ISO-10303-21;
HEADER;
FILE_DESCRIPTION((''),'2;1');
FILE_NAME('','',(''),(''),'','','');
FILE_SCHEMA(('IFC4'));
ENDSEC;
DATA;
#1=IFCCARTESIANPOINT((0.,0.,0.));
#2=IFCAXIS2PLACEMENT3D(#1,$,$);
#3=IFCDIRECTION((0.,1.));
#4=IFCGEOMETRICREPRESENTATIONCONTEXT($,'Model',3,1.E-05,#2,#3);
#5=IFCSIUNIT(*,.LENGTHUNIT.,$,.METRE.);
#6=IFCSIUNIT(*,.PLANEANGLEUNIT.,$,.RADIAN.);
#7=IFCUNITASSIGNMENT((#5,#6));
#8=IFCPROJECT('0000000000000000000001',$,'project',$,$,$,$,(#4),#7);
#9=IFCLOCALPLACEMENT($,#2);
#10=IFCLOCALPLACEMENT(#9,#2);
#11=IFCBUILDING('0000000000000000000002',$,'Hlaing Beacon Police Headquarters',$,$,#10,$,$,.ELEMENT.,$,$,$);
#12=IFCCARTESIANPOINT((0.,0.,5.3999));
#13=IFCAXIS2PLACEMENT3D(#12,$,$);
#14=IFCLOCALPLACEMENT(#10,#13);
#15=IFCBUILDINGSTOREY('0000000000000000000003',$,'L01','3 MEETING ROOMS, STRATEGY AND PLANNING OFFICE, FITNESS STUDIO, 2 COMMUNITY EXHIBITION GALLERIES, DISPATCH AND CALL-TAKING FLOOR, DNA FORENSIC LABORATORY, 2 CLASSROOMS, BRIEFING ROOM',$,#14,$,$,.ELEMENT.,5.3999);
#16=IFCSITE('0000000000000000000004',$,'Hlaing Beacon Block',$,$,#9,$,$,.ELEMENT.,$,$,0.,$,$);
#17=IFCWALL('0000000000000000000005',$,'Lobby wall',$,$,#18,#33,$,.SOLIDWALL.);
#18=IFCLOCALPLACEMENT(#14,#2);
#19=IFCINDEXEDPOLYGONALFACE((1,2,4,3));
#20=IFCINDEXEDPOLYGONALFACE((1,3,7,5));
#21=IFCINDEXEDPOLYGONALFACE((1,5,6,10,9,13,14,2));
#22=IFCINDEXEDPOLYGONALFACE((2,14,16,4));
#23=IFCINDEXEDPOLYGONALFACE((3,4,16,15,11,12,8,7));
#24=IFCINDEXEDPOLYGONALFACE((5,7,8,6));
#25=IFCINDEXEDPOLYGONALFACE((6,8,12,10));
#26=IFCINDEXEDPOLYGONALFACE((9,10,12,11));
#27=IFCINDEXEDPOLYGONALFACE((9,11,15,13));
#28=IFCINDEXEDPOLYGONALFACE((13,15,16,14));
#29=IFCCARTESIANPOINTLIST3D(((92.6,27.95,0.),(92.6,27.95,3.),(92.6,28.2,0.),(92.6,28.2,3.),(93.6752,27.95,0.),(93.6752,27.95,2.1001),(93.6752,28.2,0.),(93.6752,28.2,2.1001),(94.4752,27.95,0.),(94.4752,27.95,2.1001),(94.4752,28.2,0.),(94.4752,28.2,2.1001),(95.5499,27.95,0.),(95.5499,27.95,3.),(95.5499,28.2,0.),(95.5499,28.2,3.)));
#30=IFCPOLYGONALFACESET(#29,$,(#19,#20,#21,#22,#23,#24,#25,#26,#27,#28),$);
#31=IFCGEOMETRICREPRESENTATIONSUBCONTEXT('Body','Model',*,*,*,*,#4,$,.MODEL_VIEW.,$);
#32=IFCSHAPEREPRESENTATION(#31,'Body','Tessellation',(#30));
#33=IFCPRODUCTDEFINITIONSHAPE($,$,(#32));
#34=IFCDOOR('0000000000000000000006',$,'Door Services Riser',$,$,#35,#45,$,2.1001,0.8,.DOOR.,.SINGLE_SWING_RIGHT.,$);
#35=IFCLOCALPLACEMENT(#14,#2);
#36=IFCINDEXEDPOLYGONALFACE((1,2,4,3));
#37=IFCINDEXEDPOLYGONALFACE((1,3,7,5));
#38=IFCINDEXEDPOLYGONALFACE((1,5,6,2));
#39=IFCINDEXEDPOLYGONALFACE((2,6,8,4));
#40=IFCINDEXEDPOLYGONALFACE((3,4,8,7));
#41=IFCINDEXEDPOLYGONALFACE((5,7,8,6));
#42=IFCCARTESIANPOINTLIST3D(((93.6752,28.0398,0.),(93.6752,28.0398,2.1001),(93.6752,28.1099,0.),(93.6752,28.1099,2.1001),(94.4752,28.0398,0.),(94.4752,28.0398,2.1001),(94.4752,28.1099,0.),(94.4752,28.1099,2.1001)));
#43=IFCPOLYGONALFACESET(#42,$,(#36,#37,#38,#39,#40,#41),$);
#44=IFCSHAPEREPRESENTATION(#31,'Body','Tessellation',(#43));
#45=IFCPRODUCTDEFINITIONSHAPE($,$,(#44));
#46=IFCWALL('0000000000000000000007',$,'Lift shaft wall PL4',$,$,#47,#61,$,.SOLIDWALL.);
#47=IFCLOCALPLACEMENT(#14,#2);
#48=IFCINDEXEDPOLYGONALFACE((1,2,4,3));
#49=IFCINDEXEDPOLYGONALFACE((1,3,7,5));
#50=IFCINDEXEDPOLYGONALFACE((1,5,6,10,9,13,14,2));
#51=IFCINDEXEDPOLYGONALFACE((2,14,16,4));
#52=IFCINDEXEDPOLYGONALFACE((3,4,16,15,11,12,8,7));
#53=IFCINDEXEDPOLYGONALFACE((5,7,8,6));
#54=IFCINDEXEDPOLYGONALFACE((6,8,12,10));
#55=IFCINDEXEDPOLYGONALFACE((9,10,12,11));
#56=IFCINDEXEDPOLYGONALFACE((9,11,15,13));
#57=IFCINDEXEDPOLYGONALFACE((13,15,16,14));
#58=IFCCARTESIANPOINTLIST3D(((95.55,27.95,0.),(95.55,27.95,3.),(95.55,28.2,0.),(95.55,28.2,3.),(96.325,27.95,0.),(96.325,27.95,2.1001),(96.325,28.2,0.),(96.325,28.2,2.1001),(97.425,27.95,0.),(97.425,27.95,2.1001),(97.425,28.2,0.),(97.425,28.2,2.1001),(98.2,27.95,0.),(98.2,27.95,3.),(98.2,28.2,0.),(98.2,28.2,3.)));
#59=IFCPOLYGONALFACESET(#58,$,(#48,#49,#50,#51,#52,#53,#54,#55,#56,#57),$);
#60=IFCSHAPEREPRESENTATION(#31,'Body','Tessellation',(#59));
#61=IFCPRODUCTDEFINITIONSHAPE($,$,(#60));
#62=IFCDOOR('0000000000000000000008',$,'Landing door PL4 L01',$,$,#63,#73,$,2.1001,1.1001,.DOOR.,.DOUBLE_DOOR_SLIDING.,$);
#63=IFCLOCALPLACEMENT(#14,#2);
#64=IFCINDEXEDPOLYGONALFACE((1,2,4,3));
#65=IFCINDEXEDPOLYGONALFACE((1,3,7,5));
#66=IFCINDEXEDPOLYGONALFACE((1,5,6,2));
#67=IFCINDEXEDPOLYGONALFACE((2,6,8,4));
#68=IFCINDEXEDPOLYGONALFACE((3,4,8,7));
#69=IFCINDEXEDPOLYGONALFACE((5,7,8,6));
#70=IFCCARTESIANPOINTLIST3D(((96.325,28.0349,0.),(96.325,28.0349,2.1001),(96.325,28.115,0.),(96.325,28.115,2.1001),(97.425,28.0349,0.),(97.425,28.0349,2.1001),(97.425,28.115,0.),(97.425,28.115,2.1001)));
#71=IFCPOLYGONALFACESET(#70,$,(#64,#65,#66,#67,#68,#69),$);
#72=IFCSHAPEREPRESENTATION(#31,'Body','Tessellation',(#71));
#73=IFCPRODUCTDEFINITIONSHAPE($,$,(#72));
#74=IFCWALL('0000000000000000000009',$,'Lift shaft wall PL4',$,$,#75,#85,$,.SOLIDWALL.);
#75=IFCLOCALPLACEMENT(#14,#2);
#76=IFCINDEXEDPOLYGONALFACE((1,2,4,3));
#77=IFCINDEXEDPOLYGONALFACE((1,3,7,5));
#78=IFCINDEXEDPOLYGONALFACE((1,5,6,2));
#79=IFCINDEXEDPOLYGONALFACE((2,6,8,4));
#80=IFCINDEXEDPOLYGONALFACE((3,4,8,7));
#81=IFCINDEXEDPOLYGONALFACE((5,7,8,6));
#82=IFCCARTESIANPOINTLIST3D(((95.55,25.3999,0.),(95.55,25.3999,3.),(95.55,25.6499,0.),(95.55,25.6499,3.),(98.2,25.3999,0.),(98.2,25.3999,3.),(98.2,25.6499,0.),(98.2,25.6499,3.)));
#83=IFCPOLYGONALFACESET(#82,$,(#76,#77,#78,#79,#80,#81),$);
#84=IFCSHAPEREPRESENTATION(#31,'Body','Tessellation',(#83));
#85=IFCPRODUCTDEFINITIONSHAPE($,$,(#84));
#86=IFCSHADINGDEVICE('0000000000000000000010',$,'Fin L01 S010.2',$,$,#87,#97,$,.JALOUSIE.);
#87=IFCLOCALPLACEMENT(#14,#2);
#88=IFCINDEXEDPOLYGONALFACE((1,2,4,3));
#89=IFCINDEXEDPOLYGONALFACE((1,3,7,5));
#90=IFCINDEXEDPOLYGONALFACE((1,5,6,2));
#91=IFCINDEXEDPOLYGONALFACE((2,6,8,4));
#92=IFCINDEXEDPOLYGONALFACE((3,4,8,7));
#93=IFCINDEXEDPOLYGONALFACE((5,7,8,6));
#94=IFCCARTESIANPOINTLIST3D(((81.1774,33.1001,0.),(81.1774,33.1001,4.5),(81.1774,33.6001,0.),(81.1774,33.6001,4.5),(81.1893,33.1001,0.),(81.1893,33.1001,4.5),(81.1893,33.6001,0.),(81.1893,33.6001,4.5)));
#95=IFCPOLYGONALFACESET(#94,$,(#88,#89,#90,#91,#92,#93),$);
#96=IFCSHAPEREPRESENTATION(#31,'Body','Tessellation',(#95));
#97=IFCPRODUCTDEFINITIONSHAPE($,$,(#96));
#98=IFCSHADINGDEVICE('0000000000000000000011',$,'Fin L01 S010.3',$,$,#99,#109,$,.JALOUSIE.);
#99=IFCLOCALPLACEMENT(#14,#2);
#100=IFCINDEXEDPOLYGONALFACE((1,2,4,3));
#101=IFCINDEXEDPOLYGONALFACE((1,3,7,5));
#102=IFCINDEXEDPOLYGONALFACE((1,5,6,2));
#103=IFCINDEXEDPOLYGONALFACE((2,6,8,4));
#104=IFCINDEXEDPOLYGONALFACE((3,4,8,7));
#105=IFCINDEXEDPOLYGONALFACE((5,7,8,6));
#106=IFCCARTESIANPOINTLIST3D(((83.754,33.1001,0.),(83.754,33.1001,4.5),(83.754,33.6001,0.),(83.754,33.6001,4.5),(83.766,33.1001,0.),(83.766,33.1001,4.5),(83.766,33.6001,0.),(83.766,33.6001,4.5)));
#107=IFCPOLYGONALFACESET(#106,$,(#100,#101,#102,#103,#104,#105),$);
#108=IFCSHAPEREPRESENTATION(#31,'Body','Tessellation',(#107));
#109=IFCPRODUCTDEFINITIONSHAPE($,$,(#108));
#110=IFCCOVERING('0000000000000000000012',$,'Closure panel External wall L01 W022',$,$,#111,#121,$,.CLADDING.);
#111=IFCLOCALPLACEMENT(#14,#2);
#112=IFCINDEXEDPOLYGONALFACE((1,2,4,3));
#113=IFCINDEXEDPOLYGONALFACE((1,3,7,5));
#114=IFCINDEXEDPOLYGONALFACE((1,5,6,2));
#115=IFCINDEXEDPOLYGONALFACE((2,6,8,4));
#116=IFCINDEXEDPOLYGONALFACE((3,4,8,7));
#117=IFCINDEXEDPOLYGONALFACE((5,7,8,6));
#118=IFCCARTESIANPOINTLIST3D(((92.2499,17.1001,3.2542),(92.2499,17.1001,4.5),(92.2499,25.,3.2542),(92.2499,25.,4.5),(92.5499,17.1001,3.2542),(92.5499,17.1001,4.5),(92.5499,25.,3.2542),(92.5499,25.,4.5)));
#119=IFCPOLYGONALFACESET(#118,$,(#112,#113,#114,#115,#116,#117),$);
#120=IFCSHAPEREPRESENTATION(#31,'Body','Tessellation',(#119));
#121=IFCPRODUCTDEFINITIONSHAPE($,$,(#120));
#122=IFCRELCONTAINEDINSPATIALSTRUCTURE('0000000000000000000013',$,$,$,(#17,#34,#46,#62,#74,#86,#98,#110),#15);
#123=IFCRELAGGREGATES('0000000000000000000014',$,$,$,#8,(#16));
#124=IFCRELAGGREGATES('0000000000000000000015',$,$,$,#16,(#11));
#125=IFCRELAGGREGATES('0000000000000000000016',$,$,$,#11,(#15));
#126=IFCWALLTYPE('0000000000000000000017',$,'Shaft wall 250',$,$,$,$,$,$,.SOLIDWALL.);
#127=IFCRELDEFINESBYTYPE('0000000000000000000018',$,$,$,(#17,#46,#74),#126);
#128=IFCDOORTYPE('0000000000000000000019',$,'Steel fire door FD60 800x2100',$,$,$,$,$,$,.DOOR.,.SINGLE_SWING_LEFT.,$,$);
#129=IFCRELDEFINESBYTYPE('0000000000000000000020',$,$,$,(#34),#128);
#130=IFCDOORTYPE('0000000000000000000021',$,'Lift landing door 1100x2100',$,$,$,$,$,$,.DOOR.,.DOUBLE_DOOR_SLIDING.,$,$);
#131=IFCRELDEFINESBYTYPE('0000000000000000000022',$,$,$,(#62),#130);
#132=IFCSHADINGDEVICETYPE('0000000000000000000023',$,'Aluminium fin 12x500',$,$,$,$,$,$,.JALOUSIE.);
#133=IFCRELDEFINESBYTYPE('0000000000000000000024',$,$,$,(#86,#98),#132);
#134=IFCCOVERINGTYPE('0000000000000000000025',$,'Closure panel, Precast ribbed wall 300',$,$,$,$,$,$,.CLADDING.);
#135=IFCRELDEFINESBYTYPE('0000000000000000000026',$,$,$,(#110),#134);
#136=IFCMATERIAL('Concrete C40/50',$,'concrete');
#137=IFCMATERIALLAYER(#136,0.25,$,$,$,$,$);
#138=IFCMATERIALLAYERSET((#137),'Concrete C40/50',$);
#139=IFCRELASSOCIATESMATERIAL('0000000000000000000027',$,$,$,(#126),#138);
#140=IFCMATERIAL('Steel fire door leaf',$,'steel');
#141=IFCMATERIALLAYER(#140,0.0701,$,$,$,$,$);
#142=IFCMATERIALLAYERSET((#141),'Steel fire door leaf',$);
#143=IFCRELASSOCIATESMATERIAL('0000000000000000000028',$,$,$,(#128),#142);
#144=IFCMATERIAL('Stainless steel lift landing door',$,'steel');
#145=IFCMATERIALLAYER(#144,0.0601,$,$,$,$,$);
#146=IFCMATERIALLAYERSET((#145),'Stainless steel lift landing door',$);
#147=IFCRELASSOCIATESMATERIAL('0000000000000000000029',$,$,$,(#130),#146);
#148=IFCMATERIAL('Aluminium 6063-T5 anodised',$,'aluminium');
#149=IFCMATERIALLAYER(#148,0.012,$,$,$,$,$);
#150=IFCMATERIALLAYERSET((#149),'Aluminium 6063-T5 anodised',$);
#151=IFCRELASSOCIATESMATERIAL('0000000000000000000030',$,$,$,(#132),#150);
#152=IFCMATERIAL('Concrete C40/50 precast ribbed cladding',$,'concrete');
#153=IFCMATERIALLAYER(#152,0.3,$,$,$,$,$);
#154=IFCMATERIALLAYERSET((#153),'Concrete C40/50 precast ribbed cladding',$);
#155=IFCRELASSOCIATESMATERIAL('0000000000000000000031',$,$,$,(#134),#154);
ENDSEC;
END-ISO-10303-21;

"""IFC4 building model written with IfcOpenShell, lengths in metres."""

from ifc_helpers import new_model, si_unit, direction, frame, frame_2d, origin, origin_2d, place, context, subcontext, project, spatial, rectangle, extrude, material, layer, layer_set, type_object, element, fill, save


model = new_model("IFC4")

# Units and contexts
model_context = context("Model", 3, precision=1e-05, world=origin(), true_north=direction((0.0, 1.0)))
body_context = subcontext(model_context, "Body", "Model", "MODEL_VIEW")
ifc_project = project(units=[si_unit("LENGTHUNIT", "METRE"), si_unit("PLANEANGLEUNIT", "RADIAN")], contexts=[model_context])

# Site, building, storey
site_placement = place(None, origin())
site = spatial("IfcSite", under=ifc_project, at=site_placement, Name="Hlaing Beacon Block", CompositionType="ELEMENT", RefElevation=0.0)
building_placement = place(site_placement, origin())
building = spatial("IfcBuilding", under=site, at=building_placement, Name="Hlaing Beacon Police Headquarters", CompositionType="ELEMENT")
storey_placement = place(building_placement, frame((0.0, 0.0, 5.3999)))
storey = spatial("IfcBuildingStorey", under=building, at=storey_placement, Name="L01", Description="3 MEETING ROOMS, STRATEGY AND PLANNING OFFICE, FITNESS STUDIO, 2 COMMUNITY EXHIBITION GALLERIES, DISPATCH AND CALL-TAKING FLOOR, DNA FORENSIC LABORATORY, 2 CLASSROOMS, BRIEFING ROOM", CompositionType="ELEMENT", Elevation=5.3999)

# Walls, openings, doors
ifc_material_1 = material(Name="Concrete C40/50", Category="concrete")
ifc_layer_1 = layer(ifc_material_1, 0.25)
ifc_layer_set_1 = layer_set([ifc_layer_1], Name="Concrete C40/50")
wall_type_1 = type_object("IfcWallType", Name="Shaft wall 250", PredefinedType="SOLIDWALL", material=ifc_layer_set_1)
wall_1_placement = place(storey_placement, frame((95.55, 28.075, 0.0), z_axis=(0.0, 0.0, 1.0), x_axis=(-1.0, 0.0, 0.0)))
wall_1 = element("IfcWall", 1, at=wall_1_placement, inside=storey, type_object=wall_type_1, Name="Lobby wall", PredefinedType="SOLIDWALL", context=body_context, shape_type="SweptSolid", body=[
    extrude(rectangle(XDim=2.95, YDim=0.25, at=frame_2d((1.4751, 0.0))), origin(), (0.0, 0.0, 1.0), 3.0),
])
opening_1_placement = place(wall_1_placement, frame((1.075, 0.0, 0.0)))
opening_1 = element("IfcOpeningElement", 2, at=opening_1_placement, cuts=wall_1, PredefinedType="OPENING", context=body_context, shape_type="SweptSolid", body=[
    extrude(rectangle(XDim=0.8, YDim=2.1001, at=frame_2d((0.3999, 1.05))), frame((0.0, 0.135, 0.0), z_axis=(0.0, -1.0, 0.0), x_axis=(1.0, 0.0, 0.0)), (0.0, 0.0, 1.0), 0.27),
])
ifc_material_2 = material(Name="Steel fire door leaf", Category="steel")
ifc_layer_2 = layer(ifc_material_2, 0.0701)
ifc_layer_set_2 = layer_set([ifc_layer_2], Name="Steel fire door leaf")
door_type_1 = type_object("IfcDoorType", Name="Steel fire door FD60 800x2100", OperationType="SINGLE_SWING_LEFT", PredefinedType="DOOR", material=ifc_layer_set_2)
door_1_placement = place(opening_1_placement, origin())
door_1 = element("IfcDoor", 3, at=door_1_placement, inside=storey, type_object=door_type_1, Name="Door Services Riser", OperationType="SINGLE_SWING_RIGHT", OverallHeight=2.1001, OverallWidth=0.8, PredefinedType="DOOR", context=body_context, shape_type="SweptSolid", body=[
    extrude(rectangle(XDim=0.8, YDim=2.1001, at=frame_2d((0.3999, 1.05))), frame((0.0, 0.0352, 0.0), z_axis=(0.0, -1.0, 0.0), x_axis=(1.0, 0.0, 0.0)), (0.0, 0.0, 1.0), 0.0701),
])
fill(opening_1, door_1)
wall_2_placement = place(storey_placement, frame((95.55, 28.075, 0.0), z_axis=(0.0, 0.0, 1.0), x_axis=(1.0, 0.0, 0.0)))
wall_2 = element("IfcWall", 4, at=wall_2_placement, inside=storey, type_object=wall_type_1, Name="Lift shaft wall PL4", PredefinedType="SOLIDWALL", context=body_context, shape_type="SweptSolid", body=[
    extrude(rectangle(XDim=2.6499, YDim=0.25, at=frame_2d((1.325, 0.0))), origin(), (0.0, 0.0, 1.0), 3.0),
])
opening_2_placement = place(wall_2_placement, frame((0.7749, 0.0, 0.0)))
opening_2 = element("IfcOpeningElement", 5, at=opening_2_placement, cuts=wall_2, PredefinedType="OPENING", context=body_context, shape_type="SweptSolid", body=[
    extrude(rectangle(XDim=1.1001, YDim=2.1001, at=frame_2d((0.55, 1.05))), frame((0.0, 0.135, 0.0), z_axis=(0.0, -1.0, 0.0), x_axis=(1.0, 0.0, 0.0)), (0.0, 0.0, 1.0), 0.27),
])
ifc_material_3 = material(Name="Stainless steel lift landing door", Category="steel")
ifc_layer_3 = layer(ifc_material_3, 0.0601)
ifc_layer_set_3 = layer_set([ifc_layer_3], Name="Stainless steel lift landing door")
door_type_2 = type_object("IfcDoorType", Name="Lift landing door 1100x2100", OperationType="DOUBLE_DOOR_SLIDING", PredefinedType="DOOR", material=ifc_layer_set_3)
door_2_placement = place(opening_2_placement, origin())
door_2 = element("IfcDoor", 6, at=door_2_placement, inside=storey, type_object=door_type_2, Name="Landing door PL4 L01", OperationType="DOUBLE_DOOR_SLIDING", OverallHeight=2.1001, OverallWidth=1.1001, PredefinedType="DOOR", context=body_context, shape_type="SweptSolid", body=[
    extrude(rectangle(XDim=1.1001, YDim=2.1001, at=frame_2d((0.55, 1.05))), frame((0.0, 0.04, 0.0), z_axis=(0.0, -1.0, 0.0), x_axis=(1.0, 0.0, 0.0)), (0.0, 0.0, 1.0), 0.0801),
])
fill(opening_2, door_2)

# Wall
wall_3_placement = place(storey_placement, frame((95.55, 25.5249, 0.0), z_axis=(0.0, 0.0, 1.0), x_axis=(1.0, 0.0, 0.0)))
element("IfcWall", 7, at=wall_3_placement, inside=storey, type_object=wall_type_1, Name="Lift shaft wall PL4", PredefinedType="SOLIDWALL", context=body_context, shape_type="SweptSolid", body=[
    extrude(rectangle(XDim=2.6499, YDim=0.25, at=frame_2d((1.325, 0.0))), origin(), (0.0, 0.0, 1.0), 3.0),
])

# Shading devices
ifc_material_4 = material(Name="Aluminium 6063-T5 anodised", Category="aluminium")
ifc_layer_4 = layer(ifc_material_4, 0.012)
ifc_layer_set_4 = layer_set([ifc_layer_4], Name="Aluminium 6063-T5 anodised")
shading_device_type = type_object("IfcShadingDeviceType", Name="Aluminium fin 12x500", PredefinedType="JALOUSIE", material=ifc_layer_set_4)
for number, where, z_axis, x_axis, name in (
    (8, (81.1833, 33.3501, 0.0), (0.0, 0.0, 1.0), (1.0, 0.0, 0.0), "Fin L01 S010.2"),
    (9, (83.76, 33.3501, 0.0), (0.0, 0.0, 1.0), (1.0, 0.0, 0.0), "Fin L01 S010.3"),
):
    element("IfcShadingDevice", number, at=place(storey_placement, frame(where, z_axis=z_axis, x_axis=x_axis)), inside=storey, type_object=shading_device_type, Name=name, PredefinedType="JALOUSIE", context=body_context, shape_type="SweptSolid", body=[
        extrude(rectangle(XDim=0.012, YDim=0.5, at=origin_2d()), origin(), (0.0, 0.0, 1.0), 4.5),
    ])

# Covering
ifc_material_5 = material(Name="Concrete C40/50 precast ribbed cladding", Category="concrete")
ifc_layer_5 = layer(ifc_material_5, 0.3)
ifc_layer_set_5 = layer_set([ifc_layer_5], Name="Concrete C40/50 precast ribbed cladding")
covering_type = type_object("IfcCoveringType", Name="Closure panel, Precast ribbed wall 300", PredefinedType="CLADDING", material=ifc_layer_set_5)
covering_placement = place(storey_placement, frame((92.3999, 25.0, 3.2542), z_axis=(0.0, 0.0, 1.0), x_axis=(0.0, -1.0, 0.0)))
element("IfcCovering", 10, at=covering_placement, inside=storey, type_object=covering_type, Name="Closure panel External wall L01 W022", PredefinedType="CLADDING", context=body_context, shape_type="SweptSolid", body=[
    extrude(rectangle(XDim=7.8999, YDim=0.3, at=frame_2d((3.95, 0.0))), origin(), (0.0, 0.0, 1.0), 1.2458),
])

save(model, "model.ifc")
